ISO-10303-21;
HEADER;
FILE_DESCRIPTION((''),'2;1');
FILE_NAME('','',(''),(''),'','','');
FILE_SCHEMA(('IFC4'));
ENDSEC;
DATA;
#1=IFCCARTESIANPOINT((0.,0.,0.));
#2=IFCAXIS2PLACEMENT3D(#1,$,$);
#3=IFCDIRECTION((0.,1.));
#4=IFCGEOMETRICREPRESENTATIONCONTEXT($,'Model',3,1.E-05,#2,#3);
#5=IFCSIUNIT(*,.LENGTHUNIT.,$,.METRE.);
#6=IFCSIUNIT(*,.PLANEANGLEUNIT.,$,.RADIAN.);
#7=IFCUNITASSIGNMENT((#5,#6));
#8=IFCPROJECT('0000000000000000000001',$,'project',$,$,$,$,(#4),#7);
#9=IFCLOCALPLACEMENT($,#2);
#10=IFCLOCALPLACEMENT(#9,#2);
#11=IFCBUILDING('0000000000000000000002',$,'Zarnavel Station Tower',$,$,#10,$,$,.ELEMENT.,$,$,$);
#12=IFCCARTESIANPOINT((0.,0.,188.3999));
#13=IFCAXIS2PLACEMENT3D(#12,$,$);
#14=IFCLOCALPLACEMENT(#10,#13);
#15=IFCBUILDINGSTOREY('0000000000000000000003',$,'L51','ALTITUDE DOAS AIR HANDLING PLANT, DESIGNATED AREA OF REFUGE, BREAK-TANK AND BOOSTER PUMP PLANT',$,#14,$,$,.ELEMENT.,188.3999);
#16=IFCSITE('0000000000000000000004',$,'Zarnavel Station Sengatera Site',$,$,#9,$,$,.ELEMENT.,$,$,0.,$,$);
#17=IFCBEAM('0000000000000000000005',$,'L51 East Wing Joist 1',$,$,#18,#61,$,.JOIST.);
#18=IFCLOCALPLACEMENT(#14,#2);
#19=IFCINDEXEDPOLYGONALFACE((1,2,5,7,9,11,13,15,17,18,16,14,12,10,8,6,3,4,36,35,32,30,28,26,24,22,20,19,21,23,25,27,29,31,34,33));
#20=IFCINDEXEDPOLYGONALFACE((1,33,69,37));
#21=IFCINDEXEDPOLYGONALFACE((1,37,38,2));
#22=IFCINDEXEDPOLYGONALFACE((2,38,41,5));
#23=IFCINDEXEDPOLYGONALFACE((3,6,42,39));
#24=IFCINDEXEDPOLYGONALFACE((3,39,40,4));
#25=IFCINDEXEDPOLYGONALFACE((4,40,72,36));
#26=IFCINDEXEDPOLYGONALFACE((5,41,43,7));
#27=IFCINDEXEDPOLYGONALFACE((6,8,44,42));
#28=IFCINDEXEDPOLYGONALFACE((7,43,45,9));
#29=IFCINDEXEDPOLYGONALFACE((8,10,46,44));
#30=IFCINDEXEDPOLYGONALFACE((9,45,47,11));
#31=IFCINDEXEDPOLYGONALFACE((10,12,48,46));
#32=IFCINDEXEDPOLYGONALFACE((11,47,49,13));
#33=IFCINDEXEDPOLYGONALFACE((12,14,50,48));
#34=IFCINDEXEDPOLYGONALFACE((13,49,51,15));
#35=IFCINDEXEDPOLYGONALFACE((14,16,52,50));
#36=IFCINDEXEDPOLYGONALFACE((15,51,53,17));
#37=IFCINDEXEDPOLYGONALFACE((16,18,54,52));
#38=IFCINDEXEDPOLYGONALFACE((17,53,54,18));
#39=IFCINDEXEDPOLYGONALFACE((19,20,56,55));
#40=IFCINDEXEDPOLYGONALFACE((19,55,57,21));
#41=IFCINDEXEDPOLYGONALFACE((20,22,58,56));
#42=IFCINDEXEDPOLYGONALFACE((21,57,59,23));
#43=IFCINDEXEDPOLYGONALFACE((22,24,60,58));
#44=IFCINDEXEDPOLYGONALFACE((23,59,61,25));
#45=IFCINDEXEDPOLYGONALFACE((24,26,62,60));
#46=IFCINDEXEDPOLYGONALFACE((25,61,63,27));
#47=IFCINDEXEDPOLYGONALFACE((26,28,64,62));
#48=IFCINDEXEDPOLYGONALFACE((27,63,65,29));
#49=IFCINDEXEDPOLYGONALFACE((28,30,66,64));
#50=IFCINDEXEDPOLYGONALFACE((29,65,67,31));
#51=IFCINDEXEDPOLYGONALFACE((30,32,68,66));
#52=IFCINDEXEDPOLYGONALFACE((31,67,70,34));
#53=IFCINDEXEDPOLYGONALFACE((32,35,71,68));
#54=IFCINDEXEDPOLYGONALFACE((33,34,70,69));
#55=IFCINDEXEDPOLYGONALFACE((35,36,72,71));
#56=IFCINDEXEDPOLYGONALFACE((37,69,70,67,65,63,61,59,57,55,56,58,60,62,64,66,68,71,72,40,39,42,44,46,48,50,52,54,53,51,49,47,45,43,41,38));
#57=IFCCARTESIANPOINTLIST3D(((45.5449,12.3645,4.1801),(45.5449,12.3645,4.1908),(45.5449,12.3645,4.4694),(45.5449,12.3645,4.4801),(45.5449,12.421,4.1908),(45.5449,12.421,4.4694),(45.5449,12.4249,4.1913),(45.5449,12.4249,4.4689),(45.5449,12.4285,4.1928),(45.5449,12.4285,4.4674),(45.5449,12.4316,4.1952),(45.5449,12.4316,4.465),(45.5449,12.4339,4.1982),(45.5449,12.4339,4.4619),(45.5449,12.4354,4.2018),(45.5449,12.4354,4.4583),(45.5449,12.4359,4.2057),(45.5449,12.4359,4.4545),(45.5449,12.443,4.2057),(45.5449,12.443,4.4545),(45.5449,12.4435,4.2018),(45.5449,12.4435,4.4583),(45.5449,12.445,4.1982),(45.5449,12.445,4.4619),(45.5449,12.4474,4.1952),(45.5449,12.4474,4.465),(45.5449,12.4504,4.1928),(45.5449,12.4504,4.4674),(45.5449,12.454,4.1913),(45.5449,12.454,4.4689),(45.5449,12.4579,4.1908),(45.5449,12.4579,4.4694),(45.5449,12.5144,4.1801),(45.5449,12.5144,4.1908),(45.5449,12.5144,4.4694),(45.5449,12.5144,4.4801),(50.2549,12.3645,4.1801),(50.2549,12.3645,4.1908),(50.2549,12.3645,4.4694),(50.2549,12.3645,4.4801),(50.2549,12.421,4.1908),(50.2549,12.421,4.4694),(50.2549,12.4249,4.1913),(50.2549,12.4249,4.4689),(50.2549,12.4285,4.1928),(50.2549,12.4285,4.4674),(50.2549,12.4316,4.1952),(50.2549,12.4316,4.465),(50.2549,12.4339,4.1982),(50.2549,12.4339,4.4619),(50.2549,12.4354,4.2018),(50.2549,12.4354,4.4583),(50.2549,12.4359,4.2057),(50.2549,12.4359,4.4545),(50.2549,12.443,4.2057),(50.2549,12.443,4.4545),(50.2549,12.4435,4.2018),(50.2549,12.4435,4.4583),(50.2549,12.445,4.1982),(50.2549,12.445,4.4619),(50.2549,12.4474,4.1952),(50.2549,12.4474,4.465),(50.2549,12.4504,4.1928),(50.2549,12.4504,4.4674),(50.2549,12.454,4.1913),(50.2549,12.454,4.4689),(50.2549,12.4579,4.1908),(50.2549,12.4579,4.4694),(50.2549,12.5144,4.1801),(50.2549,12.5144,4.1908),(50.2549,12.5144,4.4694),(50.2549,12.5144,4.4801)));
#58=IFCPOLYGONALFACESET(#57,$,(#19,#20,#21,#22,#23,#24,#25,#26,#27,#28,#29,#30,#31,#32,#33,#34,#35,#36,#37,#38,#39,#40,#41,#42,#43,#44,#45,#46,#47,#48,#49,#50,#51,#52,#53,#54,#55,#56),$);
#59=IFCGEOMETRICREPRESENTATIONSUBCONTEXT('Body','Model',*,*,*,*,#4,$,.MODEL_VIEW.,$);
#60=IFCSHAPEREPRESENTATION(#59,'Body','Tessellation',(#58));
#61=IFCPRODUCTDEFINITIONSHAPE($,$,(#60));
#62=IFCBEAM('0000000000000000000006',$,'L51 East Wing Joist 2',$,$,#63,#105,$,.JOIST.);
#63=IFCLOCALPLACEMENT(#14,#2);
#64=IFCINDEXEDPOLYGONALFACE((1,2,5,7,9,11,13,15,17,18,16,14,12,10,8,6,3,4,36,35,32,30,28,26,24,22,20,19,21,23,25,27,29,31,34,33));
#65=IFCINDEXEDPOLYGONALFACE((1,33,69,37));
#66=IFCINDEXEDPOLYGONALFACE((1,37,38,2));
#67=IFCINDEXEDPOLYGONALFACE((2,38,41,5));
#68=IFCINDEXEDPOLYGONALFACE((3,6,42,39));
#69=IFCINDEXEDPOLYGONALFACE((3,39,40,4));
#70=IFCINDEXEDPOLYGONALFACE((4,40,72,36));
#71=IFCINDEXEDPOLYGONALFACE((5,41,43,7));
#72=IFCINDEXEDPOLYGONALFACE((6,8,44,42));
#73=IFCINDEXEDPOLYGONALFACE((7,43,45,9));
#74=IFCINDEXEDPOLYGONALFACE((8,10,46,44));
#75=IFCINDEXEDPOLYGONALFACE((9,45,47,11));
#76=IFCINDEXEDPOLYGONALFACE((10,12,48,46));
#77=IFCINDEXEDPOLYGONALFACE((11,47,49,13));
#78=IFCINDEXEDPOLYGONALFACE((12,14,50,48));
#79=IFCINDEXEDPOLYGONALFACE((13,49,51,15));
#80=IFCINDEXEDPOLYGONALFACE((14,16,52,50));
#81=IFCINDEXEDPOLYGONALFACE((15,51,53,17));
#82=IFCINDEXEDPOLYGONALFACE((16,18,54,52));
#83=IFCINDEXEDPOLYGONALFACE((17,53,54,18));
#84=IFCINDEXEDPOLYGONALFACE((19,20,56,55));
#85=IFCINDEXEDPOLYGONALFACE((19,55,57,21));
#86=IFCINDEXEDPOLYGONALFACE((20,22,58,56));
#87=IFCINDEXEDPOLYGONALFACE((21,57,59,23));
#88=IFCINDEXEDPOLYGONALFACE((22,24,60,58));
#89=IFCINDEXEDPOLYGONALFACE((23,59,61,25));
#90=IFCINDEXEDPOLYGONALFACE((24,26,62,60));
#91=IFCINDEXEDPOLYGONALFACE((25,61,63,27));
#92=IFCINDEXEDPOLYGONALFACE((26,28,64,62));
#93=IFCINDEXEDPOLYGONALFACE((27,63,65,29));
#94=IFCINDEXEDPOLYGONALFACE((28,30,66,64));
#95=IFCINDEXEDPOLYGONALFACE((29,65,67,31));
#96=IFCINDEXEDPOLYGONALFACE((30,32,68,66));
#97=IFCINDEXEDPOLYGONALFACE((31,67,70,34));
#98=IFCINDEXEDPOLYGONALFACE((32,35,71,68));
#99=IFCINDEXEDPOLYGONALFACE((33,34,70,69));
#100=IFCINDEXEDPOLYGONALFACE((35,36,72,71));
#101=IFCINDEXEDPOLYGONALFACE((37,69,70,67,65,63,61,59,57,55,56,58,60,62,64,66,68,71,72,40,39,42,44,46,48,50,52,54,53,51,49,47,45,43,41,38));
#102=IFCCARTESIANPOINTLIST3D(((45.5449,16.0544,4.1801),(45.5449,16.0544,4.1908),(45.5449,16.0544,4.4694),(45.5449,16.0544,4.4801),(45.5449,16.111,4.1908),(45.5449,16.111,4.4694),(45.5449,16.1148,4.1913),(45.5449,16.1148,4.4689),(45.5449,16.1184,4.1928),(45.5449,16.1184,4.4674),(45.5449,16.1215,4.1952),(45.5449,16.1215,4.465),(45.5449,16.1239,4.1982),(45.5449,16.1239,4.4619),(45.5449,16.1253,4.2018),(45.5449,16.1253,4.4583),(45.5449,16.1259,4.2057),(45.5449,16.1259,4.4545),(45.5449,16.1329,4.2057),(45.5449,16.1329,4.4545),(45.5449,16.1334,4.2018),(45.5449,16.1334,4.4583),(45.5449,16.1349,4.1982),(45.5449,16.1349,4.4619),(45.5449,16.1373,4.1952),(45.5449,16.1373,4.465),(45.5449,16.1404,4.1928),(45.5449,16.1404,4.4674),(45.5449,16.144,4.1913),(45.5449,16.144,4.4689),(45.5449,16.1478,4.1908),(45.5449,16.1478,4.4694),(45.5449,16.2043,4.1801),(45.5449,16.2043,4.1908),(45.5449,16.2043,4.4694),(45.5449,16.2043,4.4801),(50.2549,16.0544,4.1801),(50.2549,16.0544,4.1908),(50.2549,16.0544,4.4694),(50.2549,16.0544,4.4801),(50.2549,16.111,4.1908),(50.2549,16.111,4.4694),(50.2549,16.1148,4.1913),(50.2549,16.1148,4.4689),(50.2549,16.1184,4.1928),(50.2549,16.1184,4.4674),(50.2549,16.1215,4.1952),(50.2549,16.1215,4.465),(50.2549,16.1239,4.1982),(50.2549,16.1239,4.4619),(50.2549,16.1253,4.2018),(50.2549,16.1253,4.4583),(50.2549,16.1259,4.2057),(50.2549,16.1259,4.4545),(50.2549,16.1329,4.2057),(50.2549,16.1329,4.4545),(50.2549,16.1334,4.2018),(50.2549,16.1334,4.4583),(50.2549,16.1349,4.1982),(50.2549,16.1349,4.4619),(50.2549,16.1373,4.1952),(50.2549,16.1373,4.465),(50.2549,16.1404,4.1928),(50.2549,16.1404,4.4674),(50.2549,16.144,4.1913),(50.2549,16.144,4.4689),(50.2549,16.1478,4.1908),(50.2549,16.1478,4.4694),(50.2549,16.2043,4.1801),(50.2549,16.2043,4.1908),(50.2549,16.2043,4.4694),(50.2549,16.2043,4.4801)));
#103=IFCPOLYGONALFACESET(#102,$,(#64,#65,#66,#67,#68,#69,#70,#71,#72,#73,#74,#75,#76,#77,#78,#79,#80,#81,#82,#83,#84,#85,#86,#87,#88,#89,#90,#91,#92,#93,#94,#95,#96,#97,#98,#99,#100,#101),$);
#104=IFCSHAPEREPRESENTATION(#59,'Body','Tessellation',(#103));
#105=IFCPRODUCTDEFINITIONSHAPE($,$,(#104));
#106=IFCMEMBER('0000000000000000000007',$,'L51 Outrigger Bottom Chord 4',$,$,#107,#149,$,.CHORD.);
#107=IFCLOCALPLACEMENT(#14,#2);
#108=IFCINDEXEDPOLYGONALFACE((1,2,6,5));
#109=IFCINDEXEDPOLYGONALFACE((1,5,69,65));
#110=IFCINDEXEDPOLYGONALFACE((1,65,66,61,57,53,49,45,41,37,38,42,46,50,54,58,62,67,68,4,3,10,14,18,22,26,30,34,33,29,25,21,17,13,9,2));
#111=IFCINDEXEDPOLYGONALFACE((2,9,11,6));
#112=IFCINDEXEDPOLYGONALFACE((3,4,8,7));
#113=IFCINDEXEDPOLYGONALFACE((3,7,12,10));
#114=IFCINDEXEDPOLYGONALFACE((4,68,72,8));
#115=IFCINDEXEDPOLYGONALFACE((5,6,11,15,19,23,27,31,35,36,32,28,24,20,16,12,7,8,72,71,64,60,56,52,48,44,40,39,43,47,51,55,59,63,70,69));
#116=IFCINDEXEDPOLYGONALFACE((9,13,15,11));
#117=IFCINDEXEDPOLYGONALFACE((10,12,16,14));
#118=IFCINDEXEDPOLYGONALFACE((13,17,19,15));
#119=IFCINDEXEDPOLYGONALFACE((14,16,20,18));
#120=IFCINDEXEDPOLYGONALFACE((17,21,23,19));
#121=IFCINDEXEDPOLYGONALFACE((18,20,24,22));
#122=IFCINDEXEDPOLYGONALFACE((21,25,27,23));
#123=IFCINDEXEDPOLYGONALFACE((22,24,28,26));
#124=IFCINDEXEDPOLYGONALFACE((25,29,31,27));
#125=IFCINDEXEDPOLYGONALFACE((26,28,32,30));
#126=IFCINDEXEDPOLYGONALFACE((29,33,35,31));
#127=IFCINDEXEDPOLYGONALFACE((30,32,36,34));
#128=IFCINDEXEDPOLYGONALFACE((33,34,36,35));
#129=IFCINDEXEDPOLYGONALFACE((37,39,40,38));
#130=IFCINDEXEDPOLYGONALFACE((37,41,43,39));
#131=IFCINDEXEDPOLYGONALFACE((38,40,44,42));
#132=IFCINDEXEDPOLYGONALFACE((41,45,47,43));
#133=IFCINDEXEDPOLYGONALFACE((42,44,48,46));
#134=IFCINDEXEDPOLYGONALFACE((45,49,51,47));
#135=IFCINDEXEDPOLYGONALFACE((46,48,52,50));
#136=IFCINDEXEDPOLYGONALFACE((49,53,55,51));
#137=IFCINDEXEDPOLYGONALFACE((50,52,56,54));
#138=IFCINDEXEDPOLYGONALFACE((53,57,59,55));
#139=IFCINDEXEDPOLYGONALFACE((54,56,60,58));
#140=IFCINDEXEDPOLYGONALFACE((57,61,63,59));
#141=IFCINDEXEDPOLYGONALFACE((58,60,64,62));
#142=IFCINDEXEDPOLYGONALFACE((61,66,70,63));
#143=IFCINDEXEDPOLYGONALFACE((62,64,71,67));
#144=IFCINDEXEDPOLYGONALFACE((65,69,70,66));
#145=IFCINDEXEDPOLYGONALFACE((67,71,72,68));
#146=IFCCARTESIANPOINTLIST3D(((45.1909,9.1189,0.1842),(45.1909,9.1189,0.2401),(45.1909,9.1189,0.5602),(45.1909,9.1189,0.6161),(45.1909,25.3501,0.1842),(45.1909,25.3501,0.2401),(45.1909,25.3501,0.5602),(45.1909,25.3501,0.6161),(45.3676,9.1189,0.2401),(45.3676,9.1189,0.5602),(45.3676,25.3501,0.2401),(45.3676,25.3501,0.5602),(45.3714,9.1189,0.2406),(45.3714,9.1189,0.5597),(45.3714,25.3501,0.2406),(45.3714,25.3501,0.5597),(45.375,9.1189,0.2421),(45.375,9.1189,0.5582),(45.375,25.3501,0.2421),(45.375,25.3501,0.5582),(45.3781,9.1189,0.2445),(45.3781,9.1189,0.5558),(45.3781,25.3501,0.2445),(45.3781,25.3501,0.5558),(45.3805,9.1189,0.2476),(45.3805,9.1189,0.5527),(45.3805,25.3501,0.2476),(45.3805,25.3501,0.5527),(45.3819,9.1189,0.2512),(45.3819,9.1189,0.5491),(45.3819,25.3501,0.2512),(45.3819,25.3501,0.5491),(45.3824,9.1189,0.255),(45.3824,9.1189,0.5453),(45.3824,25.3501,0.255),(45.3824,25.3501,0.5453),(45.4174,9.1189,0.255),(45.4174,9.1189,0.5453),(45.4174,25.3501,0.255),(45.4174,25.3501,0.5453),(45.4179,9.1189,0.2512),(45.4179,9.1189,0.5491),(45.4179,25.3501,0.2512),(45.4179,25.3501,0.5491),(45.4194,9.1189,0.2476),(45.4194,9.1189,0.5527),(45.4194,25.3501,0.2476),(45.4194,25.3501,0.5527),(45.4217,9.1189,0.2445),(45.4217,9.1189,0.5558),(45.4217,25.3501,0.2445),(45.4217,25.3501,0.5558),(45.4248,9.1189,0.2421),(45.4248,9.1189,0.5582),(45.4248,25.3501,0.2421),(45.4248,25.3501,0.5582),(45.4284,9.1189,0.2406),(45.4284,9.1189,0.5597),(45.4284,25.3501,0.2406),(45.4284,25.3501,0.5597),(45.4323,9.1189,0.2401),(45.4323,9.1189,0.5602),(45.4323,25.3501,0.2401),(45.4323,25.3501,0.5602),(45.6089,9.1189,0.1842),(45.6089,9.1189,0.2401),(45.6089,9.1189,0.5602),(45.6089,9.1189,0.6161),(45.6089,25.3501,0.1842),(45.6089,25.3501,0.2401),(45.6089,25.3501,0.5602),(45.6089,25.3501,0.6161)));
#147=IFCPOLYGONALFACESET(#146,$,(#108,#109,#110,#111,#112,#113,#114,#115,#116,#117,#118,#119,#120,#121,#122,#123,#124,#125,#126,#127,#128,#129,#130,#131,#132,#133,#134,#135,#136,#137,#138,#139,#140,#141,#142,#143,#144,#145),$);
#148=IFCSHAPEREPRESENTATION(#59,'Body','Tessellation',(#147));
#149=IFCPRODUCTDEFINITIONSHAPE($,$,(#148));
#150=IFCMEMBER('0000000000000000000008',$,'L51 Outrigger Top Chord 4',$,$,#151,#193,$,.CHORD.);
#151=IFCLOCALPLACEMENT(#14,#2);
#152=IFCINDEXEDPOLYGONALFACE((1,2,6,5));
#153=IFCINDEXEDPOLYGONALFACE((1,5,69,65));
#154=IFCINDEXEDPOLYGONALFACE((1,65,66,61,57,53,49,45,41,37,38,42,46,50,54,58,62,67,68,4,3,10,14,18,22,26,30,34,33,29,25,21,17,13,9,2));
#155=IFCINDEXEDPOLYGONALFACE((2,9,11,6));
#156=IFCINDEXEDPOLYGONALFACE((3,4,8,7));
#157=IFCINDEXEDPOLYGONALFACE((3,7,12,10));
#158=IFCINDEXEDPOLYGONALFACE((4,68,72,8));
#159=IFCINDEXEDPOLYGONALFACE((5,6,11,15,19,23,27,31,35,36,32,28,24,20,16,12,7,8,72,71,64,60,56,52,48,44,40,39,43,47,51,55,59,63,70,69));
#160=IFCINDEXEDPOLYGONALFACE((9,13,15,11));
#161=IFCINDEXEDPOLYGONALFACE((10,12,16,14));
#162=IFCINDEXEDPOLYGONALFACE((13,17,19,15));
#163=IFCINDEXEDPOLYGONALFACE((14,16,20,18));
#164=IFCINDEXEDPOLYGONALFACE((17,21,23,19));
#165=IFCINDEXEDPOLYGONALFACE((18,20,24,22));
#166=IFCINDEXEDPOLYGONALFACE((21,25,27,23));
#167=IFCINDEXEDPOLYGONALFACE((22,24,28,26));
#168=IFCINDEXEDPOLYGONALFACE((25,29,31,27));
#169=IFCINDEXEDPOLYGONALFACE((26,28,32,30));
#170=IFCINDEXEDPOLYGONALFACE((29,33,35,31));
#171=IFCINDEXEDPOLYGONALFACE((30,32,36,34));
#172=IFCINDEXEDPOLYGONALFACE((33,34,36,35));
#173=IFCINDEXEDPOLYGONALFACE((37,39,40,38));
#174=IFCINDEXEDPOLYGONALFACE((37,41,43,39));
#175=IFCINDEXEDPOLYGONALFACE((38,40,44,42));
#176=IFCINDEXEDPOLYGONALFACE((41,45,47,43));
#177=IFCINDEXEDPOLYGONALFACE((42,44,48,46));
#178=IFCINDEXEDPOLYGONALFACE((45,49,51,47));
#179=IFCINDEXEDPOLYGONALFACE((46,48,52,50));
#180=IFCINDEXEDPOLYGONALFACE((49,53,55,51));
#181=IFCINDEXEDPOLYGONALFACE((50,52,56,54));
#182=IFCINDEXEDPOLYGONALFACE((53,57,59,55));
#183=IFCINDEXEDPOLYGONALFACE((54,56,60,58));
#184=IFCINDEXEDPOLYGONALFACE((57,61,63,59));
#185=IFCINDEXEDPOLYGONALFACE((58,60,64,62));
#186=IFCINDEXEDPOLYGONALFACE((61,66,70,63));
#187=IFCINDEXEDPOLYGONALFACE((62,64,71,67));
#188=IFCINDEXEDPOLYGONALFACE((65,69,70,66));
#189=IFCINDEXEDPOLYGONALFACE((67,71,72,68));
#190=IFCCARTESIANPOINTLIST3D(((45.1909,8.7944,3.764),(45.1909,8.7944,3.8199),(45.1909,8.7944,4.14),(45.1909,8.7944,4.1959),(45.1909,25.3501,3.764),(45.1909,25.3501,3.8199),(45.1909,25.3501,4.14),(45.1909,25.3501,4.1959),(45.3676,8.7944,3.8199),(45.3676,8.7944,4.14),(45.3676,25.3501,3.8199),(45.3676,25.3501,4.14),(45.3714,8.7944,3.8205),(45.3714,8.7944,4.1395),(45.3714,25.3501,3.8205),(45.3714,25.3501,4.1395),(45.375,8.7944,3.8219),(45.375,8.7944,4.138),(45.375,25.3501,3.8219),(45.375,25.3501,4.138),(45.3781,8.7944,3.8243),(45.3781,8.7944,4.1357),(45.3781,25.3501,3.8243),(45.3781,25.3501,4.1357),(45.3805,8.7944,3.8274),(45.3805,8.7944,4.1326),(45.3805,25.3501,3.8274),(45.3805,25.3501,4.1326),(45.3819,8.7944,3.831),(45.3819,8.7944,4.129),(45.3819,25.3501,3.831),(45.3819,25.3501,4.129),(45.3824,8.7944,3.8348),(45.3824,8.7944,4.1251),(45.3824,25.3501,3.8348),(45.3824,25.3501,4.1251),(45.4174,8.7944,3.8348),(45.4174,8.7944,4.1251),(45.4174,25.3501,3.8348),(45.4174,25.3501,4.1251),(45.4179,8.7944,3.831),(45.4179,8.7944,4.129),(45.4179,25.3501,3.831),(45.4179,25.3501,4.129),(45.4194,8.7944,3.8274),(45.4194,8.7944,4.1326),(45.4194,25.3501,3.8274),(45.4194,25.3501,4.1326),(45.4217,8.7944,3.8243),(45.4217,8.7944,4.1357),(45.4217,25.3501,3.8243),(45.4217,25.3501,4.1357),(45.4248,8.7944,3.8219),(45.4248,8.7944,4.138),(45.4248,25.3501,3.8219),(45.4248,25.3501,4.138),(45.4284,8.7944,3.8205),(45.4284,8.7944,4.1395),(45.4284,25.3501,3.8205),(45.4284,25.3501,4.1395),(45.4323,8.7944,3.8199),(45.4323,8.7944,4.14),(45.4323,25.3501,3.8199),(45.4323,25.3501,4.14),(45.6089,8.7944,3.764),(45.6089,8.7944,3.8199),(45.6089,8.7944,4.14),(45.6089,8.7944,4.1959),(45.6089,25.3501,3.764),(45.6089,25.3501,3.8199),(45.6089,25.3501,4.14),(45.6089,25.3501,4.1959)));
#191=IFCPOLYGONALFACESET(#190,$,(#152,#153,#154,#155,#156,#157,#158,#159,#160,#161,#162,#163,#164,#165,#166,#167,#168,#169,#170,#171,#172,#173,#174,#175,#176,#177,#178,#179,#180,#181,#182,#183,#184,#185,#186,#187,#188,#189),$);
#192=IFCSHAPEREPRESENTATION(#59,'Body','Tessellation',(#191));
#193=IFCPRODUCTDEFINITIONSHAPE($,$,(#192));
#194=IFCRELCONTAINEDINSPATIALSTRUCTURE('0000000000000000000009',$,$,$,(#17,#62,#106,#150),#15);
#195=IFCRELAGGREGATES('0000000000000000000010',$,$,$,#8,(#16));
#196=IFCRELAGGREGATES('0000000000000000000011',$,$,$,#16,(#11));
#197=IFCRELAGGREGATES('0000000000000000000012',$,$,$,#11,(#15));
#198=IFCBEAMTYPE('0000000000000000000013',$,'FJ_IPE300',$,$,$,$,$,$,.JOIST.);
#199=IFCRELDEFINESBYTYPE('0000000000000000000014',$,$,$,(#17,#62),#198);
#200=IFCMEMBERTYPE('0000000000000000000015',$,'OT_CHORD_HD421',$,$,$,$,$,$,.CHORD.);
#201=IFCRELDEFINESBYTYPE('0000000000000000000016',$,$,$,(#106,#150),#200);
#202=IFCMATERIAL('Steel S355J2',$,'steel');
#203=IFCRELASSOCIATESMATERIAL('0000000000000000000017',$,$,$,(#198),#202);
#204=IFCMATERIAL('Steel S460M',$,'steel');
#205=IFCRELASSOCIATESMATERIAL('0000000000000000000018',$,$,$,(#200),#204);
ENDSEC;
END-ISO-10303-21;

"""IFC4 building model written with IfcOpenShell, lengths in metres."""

from ifc_helpers import new_model, si_unit, direction, frame, origin, origin_2d, place, context, subcontext, project, spatial, i_section, extrude, material, material_profile, profile_set, type_object, element, save


model = new_model("IFC4")

# Units and contexts
model_context = context("Model", 3, precision=1e-05, world=origin(), true_north=direction((0.0, 1.0)))
body_context = subcontext(model_context, "Body", "Model", "MODEL_VIEW")
ifc_project = project(units=[si_unit("LENGTHUNIT", "METRE"), si_unit("PLANEANGLEUNIT", "RADIAN")], contexts=[model_context])

# Site, building, storey
site_placement = place(None, origin())
site = spatial("IfcSite", under=ifc_project, at=site_placement, Name="Zarnavel Station Sengatera Site", CompositionType="ELEMENT", RefElevation=0.0)
building_placement = place(site_placement, origin())
building = spatial("IfcBuilding", under=site, at=building_placement, Name="Zarnavel Station Tower", CompositionType="ELEMENT")
storey_placement = place(building_placement, frame((0.0, 0.0, 188.3999)))
storey = spatial("IfcBuildingStorey", under=building, at=storey_placement, Name="L51", Description="ALTITUDE DOAS AIR HANDLING PLANT, DESIGNATED AREA OF REFUGE, BREAK-TANK AND BOOSTER PUMP PLANT", CompositionType="ELEMENT", Elevation=188.3999)

# Beams
ifc_material_1 = material(Name="Steel S355J2", Category="steel")
ifc_material_profile_1 = material_profile(ifc_material_1, i_section(OverallWidth=0.1499, OverallDepth=0.3, WebThickness=0.0071, FlangeThickness=0.0107, FilletRadius=0.0149, at=origin_2d()), Name="IPE300")
ifc_profile_set_1 = profile_set([ifc_material_profile_1], Name="Steel S355J2")
beam_type_1 = type_object("IfcBeamType", Name="FJ_IPE300", PredefinedType="JOIST", material=ifc_profile_set_1)
for number, where, z_axis, x_axis, name in (
    (1, (45.5449, 12.4395, 4.3301), (1.0, 0.0, 0.0), (0.0, 1.0, 0.0), "L51 East Wing Joist 1"),
    (2, (45.5449, 16.1294, 4.3301), (1.0, 0.0, 0.0), (0.0, 1.0, 0.0), "L51 East Wing Joist 2"),
):
    element("IfcBeam", number, at=place(storey_placement, frame(where, z_axis=z_axis, x_axis=x_axis)), inside=storey, type_object=beam_type_1, Name=name, PredefinedType="JOIST", context=body_context, shape_type="SweptSolid", body=[
        extrude(i_section(OverallWidth=0.1499, OverallDepth=0.3, WebThickness=0.0071, FlangeThickness=0.0107, FilletRadius=0.0149, at=origin_2d()), origin(), (0.0, 0.0, 1.0), 4.71),
    ])

# Members
ifc_material_2 = material(Name="Steel S460M", Category="steel")
ifc_material_profile_2 = material_profile(ifc_material_2, i_section(OverallWidth=0.418, OverallDepth=0.4319, WebThickness=0.0349, FlangeThickness=0.0559, FilletRadius=0.0149, at=origin_2d()), Name="HD400x421")
ifc_profile_set_2 = profile_set([ifc_material_profile_2], Name="Steel S460M")
member_type_1 = type_object("IfcMemberType", Name="OT_CHORD_HD421", PredefinedType="CHORD", material=ifc_profile_set_2)
member_1_placement = place(storey_placement, frame((45.3999, 9.1189, 0.4001), z_axis=(0.0, 1.0, 0.0), x_axis=(-1.0, 0.0, 0.0)))
element("IfcMember", 3, at=member_1_placement, inside=storey, type_object=member_type_1, Name="L51 Outrigger Bottom Chord 4", PredefinedType="CHORD", context=body_context, shape_type="SweptSolid", body=[
    extrude(i_section(OverallWidth=0.418, OverallDepth=0.4319, WebThickness=0.0349, FlangeThickness=0.0559, FilletRadius=0.0149, at=origin_2d()), origin(), (0.0, 0.0, 1.0), 16.2312),
])
member_2_placement = place(storey_placement, frame((45.3999, 8.7944, 3.98), z_axis=(0.0, 1.0, 0.0), x_axis=(-1.0, 0.0, 0.0)))
element("IfcMember", 4, at=member_2_placement, inside=storey, type_object=member_type_1, Name="L51 Outrigger Top Chord 4", PredefinedType="CHORD", context=body_context, shape_type="SweptSolid", body=[
    extrude(i_section(OverallWidth=0.418, OverallDepth=0.4319, WebThickness=0.0349, FlangeThickness=0.0559, FilletRadius=0.0149, at=origin_2d()), origin(), (0.0, 0.0, 1.0), 16.5557),
])

save(model, "model.ifc")
